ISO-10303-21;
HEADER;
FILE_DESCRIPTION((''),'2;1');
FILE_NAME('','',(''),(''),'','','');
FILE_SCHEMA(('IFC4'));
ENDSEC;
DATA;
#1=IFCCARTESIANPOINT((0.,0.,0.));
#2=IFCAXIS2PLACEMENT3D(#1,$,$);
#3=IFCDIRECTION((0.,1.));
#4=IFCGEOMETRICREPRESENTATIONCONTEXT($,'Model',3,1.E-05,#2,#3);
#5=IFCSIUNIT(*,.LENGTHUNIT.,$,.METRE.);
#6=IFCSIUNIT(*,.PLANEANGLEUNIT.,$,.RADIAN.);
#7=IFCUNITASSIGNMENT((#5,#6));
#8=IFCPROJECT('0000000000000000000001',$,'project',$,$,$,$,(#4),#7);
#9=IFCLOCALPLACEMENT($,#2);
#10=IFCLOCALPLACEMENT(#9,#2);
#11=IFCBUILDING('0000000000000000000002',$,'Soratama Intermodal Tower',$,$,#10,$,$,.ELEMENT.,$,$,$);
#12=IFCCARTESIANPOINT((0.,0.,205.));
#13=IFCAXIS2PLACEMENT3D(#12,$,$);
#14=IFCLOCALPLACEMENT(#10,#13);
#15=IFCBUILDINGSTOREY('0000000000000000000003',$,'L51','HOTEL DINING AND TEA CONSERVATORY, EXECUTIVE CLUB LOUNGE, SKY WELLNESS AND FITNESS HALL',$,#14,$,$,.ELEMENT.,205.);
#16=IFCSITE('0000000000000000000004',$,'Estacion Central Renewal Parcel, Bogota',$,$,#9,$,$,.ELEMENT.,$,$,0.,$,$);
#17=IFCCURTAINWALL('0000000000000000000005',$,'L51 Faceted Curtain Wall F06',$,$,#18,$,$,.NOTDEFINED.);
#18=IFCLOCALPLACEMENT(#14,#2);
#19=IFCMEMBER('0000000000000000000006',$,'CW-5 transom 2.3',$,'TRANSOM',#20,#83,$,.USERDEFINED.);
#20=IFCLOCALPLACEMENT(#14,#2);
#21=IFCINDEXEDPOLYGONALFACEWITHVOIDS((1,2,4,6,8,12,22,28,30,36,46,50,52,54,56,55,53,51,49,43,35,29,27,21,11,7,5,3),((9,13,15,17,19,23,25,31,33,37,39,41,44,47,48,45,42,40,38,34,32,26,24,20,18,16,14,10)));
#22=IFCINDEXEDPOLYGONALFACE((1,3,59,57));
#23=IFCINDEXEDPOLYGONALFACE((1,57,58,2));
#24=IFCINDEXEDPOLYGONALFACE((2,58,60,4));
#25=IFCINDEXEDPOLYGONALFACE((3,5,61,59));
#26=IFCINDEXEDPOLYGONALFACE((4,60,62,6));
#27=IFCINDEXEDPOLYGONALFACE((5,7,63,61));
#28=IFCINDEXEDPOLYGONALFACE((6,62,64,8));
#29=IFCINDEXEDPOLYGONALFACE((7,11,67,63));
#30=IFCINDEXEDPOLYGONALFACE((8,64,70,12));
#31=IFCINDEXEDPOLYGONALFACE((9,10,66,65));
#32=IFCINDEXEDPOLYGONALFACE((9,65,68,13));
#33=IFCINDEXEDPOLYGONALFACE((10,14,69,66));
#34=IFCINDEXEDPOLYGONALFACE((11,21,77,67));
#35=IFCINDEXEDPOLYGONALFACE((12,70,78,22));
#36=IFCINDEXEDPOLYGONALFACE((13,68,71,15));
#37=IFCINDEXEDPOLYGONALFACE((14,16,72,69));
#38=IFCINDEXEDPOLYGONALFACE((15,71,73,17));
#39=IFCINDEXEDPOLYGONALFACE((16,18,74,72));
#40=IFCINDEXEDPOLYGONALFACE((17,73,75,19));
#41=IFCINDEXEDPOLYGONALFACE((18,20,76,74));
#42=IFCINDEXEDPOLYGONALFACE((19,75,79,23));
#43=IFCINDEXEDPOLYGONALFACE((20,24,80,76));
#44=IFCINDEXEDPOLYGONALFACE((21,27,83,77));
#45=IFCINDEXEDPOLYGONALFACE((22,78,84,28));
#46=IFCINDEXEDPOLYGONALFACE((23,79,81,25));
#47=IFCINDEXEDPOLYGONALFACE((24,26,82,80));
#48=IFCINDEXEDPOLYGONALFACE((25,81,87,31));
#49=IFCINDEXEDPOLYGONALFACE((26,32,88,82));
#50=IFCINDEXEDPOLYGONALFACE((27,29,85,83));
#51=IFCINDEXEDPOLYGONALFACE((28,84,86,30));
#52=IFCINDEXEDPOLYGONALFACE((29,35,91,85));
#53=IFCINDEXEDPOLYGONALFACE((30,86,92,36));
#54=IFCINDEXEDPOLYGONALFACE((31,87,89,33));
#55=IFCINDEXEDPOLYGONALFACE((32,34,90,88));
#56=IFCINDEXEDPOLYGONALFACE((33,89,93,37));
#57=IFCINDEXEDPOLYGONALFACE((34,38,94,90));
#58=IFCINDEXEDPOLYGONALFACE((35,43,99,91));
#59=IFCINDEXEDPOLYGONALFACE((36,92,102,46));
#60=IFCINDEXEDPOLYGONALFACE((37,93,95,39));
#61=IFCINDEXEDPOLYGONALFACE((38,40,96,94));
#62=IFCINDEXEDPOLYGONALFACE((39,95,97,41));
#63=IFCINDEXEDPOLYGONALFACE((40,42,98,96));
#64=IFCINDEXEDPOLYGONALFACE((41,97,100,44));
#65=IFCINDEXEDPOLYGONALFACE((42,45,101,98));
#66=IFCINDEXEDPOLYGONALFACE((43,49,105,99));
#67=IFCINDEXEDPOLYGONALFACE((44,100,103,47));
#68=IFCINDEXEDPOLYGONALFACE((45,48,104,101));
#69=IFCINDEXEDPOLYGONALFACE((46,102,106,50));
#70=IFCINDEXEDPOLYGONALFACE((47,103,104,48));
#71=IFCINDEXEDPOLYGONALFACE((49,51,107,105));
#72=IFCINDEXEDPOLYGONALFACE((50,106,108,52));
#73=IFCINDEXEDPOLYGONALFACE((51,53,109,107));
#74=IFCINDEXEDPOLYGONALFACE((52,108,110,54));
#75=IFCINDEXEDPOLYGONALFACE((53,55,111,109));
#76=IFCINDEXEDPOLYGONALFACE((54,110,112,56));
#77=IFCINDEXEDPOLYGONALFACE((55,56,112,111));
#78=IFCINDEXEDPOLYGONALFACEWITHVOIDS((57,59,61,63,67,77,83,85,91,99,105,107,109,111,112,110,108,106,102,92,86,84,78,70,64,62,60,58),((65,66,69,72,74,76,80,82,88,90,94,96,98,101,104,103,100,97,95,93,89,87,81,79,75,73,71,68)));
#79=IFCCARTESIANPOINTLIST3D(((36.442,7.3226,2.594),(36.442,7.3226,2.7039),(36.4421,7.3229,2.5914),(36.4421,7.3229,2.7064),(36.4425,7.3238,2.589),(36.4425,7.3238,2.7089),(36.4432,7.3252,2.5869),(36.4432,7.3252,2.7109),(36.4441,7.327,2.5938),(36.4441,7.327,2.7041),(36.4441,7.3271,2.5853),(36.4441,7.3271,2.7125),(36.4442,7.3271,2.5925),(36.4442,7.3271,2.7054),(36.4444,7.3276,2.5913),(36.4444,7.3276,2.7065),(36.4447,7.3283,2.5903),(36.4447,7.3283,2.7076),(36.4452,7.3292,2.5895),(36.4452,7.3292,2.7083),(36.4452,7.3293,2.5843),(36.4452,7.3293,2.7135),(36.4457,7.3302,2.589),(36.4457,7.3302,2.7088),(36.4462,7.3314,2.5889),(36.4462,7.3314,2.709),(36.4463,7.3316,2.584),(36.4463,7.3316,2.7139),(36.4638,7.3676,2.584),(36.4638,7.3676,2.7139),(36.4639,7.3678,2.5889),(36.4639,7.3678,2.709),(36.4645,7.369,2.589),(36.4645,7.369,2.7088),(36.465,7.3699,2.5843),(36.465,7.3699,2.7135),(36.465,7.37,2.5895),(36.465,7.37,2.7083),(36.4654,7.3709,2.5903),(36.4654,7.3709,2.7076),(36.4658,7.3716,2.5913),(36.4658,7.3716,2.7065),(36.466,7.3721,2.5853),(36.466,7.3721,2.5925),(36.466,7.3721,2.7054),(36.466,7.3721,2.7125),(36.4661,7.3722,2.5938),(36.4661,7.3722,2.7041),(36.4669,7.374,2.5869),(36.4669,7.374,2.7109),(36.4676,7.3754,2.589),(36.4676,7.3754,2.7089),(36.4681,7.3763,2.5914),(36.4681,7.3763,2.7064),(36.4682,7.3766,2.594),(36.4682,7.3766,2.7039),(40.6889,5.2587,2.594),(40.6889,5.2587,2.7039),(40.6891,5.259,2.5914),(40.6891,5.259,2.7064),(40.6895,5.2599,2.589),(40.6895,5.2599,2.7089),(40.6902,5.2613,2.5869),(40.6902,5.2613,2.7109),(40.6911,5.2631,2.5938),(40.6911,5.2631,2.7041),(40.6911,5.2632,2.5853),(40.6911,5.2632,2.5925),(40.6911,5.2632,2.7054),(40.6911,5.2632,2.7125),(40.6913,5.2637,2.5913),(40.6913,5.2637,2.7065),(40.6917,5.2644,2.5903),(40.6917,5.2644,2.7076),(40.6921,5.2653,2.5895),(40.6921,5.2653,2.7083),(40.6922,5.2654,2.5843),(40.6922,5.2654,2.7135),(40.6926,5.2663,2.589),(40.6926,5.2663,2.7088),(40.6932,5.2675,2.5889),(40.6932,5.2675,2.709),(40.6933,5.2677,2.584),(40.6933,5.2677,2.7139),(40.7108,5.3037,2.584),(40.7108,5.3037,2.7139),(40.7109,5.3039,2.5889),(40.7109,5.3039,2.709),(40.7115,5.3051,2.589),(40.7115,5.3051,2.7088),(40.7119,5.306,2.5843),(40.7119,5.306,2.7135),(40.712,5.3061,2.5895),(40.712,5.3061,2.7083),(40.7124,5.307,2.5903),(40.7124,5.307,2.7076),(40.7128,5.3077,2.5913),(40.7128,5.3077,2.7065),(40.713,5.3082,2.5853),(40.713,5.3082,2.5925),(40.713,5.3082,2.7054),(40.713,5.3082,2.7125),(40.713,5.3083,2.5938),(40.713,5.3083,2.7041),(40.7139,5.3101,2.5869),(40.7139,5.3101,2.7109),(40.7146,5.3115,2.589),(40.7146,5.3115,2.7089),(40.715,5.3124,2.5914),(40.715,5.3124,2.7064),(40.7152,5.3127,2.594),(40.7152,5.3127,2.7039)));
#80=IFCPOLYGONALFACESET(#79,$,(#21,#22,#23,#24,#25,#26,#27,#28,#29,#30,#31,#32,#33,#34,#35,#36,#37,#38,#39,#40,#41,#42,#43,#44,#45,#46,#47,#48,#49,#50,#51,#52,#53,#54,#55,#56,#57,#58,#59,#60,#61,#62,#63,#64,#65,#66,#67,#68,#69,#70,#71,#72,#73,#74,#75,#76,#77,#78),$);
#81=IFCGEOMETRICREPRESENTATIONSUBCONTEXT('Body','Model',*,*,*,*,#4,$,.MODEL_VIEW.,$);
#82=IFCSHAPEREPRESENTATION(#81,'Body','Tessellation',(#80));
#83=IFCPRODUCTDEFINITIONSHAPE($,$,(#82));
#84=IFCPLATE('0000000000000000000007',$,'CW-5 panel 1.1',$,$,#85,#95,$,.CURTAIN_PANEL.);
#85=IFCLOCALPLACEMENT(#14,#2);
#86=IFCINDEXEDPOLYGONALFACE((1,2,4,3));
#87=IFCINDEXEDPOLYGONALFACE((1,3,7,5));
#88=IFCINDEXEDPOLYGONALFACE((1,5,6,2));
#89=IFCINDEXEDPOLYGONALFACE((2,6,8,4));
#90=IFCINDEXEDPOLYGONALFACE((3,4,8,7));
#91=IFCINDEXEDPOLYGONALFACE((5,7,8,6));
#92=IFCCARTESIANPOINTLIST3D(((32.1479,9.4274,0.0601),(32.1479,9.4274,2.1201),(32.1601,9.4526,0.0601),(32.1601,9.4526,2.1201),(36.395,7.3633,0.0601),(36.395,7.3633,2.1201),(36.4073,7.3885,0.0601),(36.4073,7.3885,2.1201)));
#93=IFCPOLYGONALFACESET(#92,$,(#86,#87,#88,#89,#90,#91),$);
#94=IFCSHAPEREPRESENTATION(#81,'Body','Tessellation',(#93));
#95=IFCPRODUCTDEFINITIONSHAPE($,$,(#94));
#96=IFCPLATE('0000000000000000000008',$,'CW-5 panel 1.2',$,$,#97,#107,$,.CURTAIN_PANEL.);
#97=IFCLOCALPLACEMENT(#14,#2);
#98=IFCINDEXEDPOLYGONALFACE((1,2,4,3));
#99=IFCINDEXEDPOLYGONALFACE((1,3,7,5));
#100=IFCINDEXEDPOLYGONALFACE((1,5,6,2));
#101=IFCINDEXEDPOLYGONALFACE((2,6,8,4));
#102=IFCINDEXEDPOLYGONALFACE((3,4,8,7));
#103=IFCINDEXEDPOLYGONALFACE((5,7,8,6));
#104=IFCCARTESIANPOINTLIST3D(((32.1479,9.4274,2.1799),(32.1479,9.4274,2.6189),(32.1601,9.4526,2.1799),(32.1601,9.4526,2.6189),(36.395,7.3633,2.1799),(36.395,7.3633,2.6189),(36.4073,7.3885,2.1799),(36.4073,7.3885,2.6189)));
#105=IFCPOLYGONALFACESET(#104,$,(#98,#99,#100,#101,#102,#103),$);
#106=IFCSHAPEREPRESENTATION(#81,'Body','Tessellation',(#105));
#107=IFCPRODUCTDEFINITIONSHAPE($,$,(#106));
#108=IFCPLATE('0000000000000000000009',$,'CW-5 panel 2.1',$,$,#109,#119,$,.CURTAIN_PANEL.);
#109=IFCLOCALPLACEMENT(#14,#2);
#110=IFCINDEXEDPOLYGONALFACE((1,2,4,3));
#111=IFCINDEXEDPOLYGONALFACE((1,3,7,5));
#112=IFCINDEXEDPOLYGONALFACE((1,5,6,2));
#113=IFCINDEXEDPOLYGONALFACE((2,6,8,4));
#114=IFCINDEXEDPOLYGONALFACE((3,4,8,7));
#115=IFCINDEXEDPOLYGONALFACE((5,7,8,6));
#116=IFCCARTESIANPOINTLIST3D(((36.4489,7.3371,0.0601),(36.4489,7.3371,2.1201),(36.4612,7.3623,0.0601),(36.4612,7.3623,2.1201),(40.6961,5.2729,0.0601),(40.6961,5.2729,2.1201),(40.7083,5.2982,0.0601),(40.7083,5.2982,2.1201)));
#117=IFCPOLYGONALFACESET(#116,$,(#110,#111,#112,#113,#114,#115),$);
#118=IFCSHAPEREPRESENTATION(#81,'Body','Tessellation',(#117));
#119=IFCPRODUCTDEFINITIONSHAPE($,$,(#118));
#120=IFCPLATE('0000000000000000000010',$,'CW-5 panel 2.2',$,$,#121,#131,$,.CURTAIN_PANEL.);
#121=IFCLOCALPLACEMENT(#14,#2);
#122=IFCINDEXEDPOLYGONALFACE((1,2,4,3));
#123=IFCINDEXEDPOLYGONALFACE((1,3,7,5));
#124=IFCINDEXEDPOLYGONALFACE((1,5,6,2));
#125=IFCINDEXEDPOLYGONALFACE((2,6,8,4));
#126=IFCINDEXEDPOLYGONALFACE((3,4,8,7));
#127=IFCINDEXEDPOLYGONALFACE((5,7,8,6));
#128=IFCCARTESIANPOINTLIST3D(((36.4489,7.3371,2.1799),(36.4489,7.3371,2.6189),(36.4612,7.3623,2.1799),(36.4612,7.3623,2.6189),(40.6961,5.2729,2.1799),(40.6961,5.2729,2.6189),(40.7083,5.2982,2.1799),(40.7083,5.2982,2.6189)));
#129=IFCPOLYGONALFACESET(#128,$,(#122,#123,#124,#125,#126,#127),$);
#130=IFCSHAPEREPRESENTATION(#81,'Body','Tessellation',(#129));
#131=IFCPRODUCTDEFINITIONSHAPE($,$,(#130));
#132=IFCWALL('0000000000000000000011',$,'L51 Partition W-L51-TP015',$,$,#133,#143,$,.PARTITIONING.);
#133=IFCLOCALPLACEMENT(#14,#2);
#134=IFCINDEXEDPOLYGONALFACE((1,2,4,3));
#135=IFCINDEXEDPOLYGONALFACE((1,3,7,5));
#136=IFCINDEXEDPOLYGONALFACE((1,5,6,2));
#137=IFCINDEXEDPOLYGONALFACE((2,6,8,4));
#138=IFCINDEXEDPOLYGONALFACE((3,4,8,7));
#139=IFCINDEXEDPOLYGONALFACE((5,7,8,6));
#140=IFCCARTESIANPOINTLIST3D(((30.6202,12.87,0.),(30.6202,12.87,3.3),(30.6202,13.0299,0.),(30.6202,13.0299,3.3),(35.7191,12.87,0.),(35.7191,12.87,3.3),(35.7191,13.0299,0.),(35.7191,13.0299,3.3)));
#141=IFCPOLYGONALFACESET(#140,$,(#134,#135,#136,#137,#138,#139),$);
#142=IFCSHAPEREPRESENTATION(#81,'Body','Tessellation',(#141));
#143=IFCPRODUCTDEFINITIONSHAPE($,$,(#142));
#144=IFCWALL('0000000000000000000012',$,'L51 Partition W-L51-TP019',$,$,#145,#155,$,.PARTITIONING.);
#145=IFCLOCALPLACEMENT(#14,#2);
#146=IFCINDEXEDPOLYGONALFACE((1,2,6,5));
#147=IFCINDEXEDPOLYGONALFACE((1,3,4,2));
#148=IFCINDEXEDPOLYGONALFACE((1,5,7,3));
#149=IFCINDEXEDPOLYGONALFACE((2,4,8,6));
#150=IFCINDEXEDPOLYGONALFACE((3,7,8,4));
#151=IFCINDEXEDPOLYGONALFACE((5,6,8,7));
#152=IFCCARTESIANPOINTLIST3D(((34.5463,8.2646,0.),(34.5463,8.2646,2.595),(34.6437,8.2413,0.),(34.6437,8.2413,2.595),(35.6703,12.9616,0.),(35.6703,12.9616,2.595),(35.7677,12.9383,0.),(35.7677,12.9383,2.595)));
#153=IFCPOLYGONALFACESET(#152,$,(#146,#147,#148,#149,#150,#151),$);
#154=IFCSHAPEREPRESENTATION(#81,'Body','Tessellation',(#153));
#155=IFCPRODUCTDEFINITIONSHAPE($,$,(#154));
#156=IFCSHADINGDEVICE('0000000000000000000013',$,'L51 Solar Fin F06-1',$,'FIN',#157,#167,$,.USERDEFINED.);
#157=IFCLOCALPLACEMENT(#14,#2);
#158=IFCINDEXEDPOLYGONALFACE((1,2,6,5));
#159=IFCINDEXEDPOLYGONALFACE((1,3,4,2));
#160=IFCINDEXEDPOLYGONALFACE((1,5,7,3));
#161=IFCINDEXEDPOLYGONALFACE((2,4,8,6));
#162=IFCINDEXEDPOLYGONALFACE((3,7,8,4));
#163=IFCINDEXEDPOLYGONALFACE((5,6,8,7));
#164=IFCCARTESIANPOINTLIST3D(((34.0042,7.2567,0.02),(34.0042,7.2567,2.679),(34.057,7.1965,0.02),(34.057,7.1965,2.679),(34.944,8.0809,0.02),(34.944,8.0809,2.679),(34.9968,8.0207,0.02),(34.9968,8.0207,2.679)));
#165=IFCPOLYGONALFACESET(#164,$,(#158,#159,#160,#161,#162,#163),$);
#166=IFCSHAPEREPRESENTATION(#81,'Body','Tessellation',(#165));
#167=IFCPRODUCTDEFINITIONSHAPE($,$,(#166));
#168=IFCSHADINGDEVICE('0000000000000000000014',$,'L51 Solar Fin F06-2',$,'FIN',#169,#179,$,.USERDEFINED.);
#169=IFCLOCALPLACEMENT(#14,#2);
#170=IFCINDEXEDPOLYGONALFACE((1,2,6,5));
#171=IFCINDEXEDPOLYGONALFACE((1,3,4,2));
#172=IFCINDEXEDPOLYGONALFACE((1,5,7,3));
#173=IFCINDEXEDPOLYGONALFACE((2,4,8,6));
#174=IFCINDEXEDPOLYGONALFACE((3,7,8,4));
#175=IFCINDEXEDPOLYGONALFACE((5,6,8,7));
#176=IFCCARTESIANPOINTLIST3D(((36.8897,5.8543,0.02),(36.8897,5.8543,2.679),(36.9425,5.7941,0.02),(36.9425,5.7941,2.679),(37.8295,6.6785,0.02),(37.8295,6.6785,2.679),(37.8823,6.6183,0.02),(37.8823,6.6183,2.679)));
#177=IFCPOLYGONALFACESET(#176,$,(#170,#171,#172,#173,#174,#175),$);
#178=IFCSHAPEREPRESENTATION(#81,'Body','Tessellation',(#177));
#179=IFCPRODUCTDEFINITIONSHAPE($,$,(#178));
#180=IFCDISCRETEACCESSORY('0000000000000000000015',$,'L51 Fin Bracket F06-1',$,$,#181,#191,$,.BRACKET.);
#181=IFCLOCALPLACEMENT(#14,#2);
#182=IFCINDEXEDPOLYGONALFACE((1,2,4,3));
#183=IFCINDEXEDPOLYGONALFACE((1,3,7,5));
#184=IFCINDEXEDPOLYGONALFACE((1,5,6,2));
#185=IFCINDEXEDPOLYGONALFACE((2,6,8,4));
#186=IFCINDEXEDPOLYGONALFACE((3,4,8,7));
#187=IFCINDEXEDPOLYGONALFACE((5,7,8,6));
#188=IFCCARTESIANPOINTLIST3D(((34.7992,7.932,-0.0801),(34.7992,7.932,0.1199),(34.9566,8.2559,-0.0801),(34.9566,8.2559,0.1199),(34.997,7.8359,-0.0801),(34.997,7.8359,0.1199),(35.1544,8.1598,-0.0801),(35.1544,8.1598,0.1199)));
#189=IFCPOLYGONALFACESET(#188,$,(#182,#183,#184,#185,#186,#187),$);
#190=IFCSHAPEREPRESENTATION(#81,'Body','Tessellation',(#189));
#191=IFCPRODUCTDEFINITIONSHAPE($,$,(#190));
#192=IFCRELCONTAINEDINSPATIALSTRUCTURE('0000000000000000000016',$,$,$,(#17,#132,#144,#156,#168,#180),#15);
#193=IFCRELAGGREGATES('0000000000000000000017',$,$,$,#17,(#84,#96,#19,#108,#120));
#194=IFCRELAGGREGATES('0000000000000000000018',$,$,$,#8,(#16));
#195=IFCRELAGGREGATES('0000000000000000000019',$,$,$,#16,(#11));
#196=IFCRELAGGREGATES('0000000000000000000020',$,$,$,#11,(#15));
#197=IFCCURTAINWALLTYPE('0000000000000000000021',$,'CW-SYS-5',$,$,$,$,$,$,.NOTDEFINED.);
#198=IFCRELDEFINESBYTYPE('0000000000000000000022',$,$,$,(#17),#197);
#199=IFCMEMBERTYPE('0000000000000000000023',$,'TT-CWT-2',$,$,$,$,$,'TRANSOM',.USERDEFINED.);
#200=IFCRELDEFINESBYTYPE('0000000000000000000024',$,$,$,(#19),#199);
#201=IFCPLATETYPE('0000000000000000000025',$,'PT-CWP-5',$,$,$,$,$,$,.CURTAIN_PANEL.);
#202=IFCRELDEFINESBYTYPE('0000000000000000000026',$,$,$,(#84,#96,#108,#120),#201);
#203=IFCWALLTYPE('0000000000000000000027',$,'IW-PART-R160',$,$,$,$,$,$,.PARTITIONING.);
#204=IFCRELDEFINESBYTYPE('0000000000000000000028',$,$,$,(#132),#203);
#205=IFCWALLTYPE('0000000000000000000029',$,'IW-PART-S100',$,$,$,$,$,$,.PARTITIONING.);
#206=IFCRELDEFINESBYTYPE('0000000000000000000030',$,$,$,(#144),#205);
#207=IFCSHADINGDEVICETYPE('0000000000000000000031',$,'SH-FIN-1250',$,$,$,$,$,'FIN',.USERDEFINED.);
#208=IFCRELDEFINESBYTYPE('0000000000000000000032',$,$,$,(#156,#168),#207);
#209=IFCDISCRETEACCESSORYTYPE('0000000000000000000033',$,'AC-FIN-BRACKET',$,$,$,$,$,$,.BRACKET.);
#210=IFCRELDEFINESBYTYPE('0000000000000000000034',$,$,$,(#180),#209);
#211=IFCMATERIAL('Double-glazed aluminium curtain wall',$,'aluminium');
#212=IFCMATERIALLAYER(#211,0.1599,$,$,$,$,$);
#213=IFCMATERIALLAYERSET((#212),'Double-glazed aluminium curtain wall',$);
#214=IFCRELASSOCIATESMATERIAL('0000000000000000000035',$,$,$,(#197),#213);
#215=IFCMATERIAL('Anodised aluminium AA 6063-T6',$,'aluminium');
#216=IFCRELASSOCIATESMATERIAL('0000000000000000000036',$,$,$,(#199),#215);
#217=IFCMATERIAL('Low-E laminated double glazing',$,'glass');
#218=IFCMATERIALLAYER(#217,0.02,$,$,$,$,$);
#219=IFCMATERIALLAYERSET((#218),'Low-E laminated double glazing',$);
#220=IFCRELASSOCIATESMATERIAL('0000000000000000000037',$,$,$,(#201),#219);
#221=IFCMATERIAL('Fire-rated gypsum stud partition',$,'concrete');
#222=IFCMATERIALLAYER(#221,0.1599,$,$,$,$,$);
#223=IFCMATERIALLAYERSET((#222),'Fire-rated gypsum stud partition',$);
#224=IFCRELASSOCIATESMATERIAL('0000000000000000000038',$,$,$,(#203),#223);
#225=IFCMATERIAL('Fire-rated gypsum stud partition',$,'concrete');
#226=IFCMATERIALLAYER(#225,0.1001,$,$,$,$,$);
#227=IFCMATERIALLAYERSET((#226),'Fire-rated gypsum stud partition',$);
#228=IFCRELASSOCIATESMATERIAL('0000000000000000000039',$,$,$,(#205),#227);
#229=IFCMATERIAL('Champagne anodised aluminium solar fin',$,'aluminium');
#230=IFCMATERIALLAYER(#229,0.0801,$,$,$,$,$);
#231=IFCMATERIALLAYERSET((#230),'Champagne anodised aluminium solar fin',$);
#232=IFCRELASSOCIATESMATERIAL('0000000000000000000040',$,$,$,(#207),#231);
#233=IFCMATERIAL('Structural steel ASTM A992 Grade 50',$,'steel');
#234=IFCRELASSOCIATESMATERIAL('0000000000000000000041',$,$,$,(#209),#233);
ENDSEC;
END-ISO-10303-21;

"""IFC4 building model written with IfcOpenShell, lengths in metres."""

from ifc_helpers import new_model, si_unit, direction, frame, frame_2d, origin, origin_2d, place, context, subcontext, project, spatial, rectangle, hollow_rectangle, extrude, material, layer, layer_set, material_profile, profile_set, type_object, element, aggregate, save


model = new_model("IFC4")

# Units and contexts
model_context = context("Model", 3, precision=1e-05, world=origin(), true_north=direction((0.0, 1.0)))
body_context = subcontext(model_context, "Body", "Model", "MODEL_VIEW")
ifc_project = project(units=[si_unit("LENGTHUNIT", "METRE"), si_unit("PLANEANGLEUNIT", "RADIAN")], contexts=[model_context])

# Site, building, storey
site_placement = place(None, origin())
site = spatial("IfcSite", under=ifc_project, at=site_placement, Name="Estacion Central Renewal Parcel, Bogota", CompositionType="ELEMENT", RefElevation=0.0)
building_placement = place(site_placement, origin())
building = spatial("IfcBuilding", under=site, at=building_placement, Name="Soratama Intermodal Tower", CompositionType="ELEMENT")
storey_placement = place(building_placement, frame((0.0, 0.0, 205.0)))
storey = spatial("IfcBuildingStorey", under=building, at=storey_placement, Name="L51", Description="HOTEL DINING AND TEA CONSERVATORY, EXECUTIVE CLUB LOUNGE, SKY WELLNESS AND FITNESS HALL", CompositionType="ELEMENT", Elevation=205.0)

# Curtain wall, member, plates
ifc_material_1 = material(Name="Double-glazed aluminium curtain wall", Category="aluminium")
ifc_layer_1 = layer(ifc_material_1, 0.1599)
ifc_layer_set_1 = layer_set([ifc_layer_1], Name="Double-glazed aluminium curtain wall")
curtain_wall_type = type_object("IfcCurtainWallType", Name="CW-SYS-5", PredefinedType="NOTDEFINED", material=ifc_layer_set_1)
curtain_wall_placement = place(storey_placement, origin())
curtain_wall = element("IfcCurtainWall", 1, at=curtain_wall_placement, inside=storey, type_object=curtain_wall_type, Name="L51 Faceted Curtain Wall F06", PredefinedType="NOTDEFINED")
ifc_material_2 = material(Name="Anodised aluminium AA 6063-T6", Category="aluminium")
ifc_material_profile_1 = material_profile(ifc_material_2, hollow_rectangle(XDim=0.0601, YDim=0.1299, WallThickness=0.0049, InnerFilletRadius=0.0049, OuterFilletRadius=0.01, at=origin_2d()), Name="CWT130X60X5")
ifc_profile_set_1 = profile_set([ifc_material_profile_1], Name="Anodised aluminium AA 6063-T6")
member_type_1 = type_object("IfcMemberType", Name="TT-CWT-2", ElementType="TRANSOM", PredefinedType="USERDEFINED", material=ifc_profile_set_1)
member_1_placement = place(storey_placement, frame((36.4551, 7.3496, 2.6489), z_axis=(0.899416, -0.437093, 0.0), x_axis=(0.437093, 0.899416, 0.0)))
member_1 = element("IfcMember", 2, at=member_1_placement, type_object=member_type_1, Name="CW-5 transom 2.3", ObjectType="TRANSOM", PredefinedType="USERDEFINED", context=body_context, shape_type="SweptSolid", body=[
    extrude(hollow_rectangle(XDim=0.0601, YDim=0.1299, WallThickness=0.0049, InnerFilletRadius=0.0049, OuterFilletRadius=0.01, at=origin_2d()), origin(), (0.0, 0.0, 1.0), 4.7219),
])
ifc_material_3 = material(Name="Low-E laminated double glazing", Category="glass")
ifc_layer_2 = layer(ifc_material_3, 0.02)
ifc_layer_set_2 = layer_set([ifc_layer_2], Name="Low-E laminated double glazing")
plate_type = type_object("IfcPlateType", Name="PT-CWP-5", PredefinedType="CURTAIN_PANEL", material=ifc_layer_set_2)
plate_1_placement = place(storey_placement, frame((34.2776, 8.408, 0.0601), z_axis=(0.0, 0.0, 1.0), x_axis=(0.899408, -0.437111, 0.0)))
plate_1 = element("IfcPlate", 3, at=plate_1_placement, type_object=plate_type, Name="CW-5 panel 1.1", PredefinedType="CURTAIN_PANEL", context=body_context, shape_type="SweptSolid", body=[
    extrude(rectangle(XDim=4.7222, YDim=0.0281, at=origin_2d()), origin(), (0.0, 0.0, 1.0), 2.0601),
])
plate_2_placement = place(storey_placement, frame((34.2776, 8.408, 2.1799), z_axis=(0.0, 0.0, 1.0), x_axis=(0.899408, -0.437111, 0.0)))
plate_2 = element("IfcPlate", 4, at=plate_2_placement, type_object=plate_type, Name="CW-5 panel 1.2", PredefinedType="CURTAIN_PANEL", context=body_context, shape_type="SweptSolid", body=[
    extrude(rectangle(XDim=4.7222, YDim=0.0281, at=origin_2d()), origin(), (0.0, 0.0, 1.0), 0.439),
])
plate_3_placement = place(storey_placement, frame((38.5786, 6.3176, 0.0601), z_axis=(0.0, 0.0, 1.0), x_axis=(0.899408, -0.437111, 0.0)))
plate_3 = element("IfcPlate", 5, at=plate_3_placement, type_object=plate_type, Name="CW-5 panel 2.1", PredefinedType="CURTAIN_PANEL", context=body_context, shape_type="SweptSolid", body=[
    extrude(rectangle(XDim=4.7222, YDim=0.0281, at=origin_2d()), origin(), (0.0, 0.0, 1.0), 2.0601),
])
plate_4_placement = place(storey_placement, frame((38.5786, 6.3176, 2.1799), z_axis=(0.0, 0.0, 1.0), x_axis=(0.899408, -0.437111, 0.0)))
plate_4 = element("IfcPlate", 6, at=plate_4_placement, type_object=plate_type, Name="CW-5 panel 2.2", PredefinedType="CURTAIN_PANEL", context=body_context, shape_type="SweptSolid", body=[
    extrude(rectangle(XDim=4.7222, YDim=0.0281, at=origin_2d()), origin(), (0.0, 0.0, 1.0), 0.439),
])
aggregate(curtain_wall, [plate_1, plate_2, member_1, plate_3, plate_4])

# Walls
ifc_material_4 = material(Name="Fire-rated gypsum stud partition", Category="concrete")
ifc_layer_3 = layer(ifc_material_4, 0.1599)
ifc_layer_set_3 = layer_set([ifc_layer_3], Name="Fire-rated gypsum stud partition")
wall_type_1 = type_object("IfcWallType", Name="IW-PART-R160", PredefinedType="PARTITIONING", material=ifc_layer_set_3)
wall_1_placement = place(storey_placement, frame((35.719, 12.95, 0.0), z_axis=(0.0, 0.0, 1.0), x_axis=(-1.0, 0.0, 0.0)))
element("IfcWall", 7, at=wall_1_placement, inside=storey, type_object=wall_type_1, Name="L51 Partition W-L51-TP015", PredefinedType="PARTITIONING", context=body_context, shape_type="SweptSolid", body=[
    extrude(rectangle(XDim=5.0989, YDim=0.1599, at=frame_2d((2.5493, 0.0))), origin(), (0.0, 0.0, 1.0), 3.3),
])
ifc_material_5 = material(Name="Fire-rated gypsum stud partition", Category="concrete")
ifc_layer_4 = layer(ifc_material_5, 0.1001)
ifc_layer_set_4 = layer_set([ifc_layer_4], Name="Fire-rated gypsum stud partition")
wall_type_2 = type_object("IfcWallType", Name="IW-PART-S100", PredefinedType="PARTITIONING", material=ifc_layer_set_4)
wall_2_placement = place(storey_placement, frame((35.719, 12.95, 0.0), z_axis=(0.0, 0.0, 1.0), x_axis=(-0.232734, -0.97254, 0.0)))
element("IfcWall", 8, at=wall_2_placement, inside=storey, type_object=wall_type_2, Name="L51 Partition W-L51-TP019", PredefinedType="PARTITIONING", context=body_context, shape_type="SweptSolid", body=[
    extrude(rectangle(XDim=4.8296, YDim=0.1001, at=frame_2d((2.4148, 0.0))), origin(), (0.0, 0.0, 1.0), 2.595),
])

# Shading devices
ifc_material_6 = material(Name="Champagne anodised aluminium solar fin", Category="aluminium")
ifc_layer_5 = layer(ifc_material_6, 0.0801)
ifc_layer_set_5 = layer_set([ifc_layer_5], Name="Champagne anodised aluminium solar fin")
shading_device_type = type_object("IfcShadingDeviceType", Name="SH-FIN-1250", ElementType="FIN", PredefinedType="USERDEFINED", material=ifc_layer_set_5)
for number, where, z_axis, x_axis, name in (
    (9, (34.5005, 7.6387, 0.02), (0.0, 0.0, 1.0), (-0.75184, -0.659346, 0.0), "L51 Solar Fin F06-1"),
    (10, (37.386, 6.2363, 0.02), (0.0, 0.0, 1.0), (-0.75184, -0.659346, 0.0), "L51 Solar Fin F06-2"),
):
    element("IfcShadingDevice", number, at=place(storey_placement, frame(where, z_axis=z_axis, x_axis=x_axis)), inside=storey, type_object=shading_device_type, Name=name, ObjectType="FIN", PredefinedType="USERDEFINED", context=body_context, shape_type="SweptSolid", body=[
        extrude(rectangle(XDim=1.25, YDim=0.0801, at=origin_2d()), origin(), (0.0, 0.0, 1.0), 2.6589),
    ])

# Discrete accessory
ifc_material_7 = material(Name="Structural steel ASTM A992 Grade 50", Category="steel")
discrete_accessory_type = type_object("IfcDiscreteAccessoryType", Name="AC-FIN-BRACKET", PredefinedType="BRACKET", material=ifc_material_7)
for number, where, z_axis, x_axis, name in (
    (11, (34.9768, 8.0459, -0.0801), (0.0, 0.0, 1.0), (-0.437116, -0.899405, 0.0), "L51 Fin Bracket F06-1"),
):
    element("IfcDiscreteAccessory", number, at=place(storey_placement, frame(where, z_axis=z_axis, x_axis=x_axis)), inside=storey, type_object=discrete_accessory_type, Name=name, PredefinedType="BRACKET", context=body_context, shape_type="SweptSolid", body=[
        extrude(rectangle(XDim=0.3601, YDim=0.22, at=origin_2d()), origin(), (0.0, 0.0, 1.0), 0.2),
    ])

save(model, "model.ifc")
